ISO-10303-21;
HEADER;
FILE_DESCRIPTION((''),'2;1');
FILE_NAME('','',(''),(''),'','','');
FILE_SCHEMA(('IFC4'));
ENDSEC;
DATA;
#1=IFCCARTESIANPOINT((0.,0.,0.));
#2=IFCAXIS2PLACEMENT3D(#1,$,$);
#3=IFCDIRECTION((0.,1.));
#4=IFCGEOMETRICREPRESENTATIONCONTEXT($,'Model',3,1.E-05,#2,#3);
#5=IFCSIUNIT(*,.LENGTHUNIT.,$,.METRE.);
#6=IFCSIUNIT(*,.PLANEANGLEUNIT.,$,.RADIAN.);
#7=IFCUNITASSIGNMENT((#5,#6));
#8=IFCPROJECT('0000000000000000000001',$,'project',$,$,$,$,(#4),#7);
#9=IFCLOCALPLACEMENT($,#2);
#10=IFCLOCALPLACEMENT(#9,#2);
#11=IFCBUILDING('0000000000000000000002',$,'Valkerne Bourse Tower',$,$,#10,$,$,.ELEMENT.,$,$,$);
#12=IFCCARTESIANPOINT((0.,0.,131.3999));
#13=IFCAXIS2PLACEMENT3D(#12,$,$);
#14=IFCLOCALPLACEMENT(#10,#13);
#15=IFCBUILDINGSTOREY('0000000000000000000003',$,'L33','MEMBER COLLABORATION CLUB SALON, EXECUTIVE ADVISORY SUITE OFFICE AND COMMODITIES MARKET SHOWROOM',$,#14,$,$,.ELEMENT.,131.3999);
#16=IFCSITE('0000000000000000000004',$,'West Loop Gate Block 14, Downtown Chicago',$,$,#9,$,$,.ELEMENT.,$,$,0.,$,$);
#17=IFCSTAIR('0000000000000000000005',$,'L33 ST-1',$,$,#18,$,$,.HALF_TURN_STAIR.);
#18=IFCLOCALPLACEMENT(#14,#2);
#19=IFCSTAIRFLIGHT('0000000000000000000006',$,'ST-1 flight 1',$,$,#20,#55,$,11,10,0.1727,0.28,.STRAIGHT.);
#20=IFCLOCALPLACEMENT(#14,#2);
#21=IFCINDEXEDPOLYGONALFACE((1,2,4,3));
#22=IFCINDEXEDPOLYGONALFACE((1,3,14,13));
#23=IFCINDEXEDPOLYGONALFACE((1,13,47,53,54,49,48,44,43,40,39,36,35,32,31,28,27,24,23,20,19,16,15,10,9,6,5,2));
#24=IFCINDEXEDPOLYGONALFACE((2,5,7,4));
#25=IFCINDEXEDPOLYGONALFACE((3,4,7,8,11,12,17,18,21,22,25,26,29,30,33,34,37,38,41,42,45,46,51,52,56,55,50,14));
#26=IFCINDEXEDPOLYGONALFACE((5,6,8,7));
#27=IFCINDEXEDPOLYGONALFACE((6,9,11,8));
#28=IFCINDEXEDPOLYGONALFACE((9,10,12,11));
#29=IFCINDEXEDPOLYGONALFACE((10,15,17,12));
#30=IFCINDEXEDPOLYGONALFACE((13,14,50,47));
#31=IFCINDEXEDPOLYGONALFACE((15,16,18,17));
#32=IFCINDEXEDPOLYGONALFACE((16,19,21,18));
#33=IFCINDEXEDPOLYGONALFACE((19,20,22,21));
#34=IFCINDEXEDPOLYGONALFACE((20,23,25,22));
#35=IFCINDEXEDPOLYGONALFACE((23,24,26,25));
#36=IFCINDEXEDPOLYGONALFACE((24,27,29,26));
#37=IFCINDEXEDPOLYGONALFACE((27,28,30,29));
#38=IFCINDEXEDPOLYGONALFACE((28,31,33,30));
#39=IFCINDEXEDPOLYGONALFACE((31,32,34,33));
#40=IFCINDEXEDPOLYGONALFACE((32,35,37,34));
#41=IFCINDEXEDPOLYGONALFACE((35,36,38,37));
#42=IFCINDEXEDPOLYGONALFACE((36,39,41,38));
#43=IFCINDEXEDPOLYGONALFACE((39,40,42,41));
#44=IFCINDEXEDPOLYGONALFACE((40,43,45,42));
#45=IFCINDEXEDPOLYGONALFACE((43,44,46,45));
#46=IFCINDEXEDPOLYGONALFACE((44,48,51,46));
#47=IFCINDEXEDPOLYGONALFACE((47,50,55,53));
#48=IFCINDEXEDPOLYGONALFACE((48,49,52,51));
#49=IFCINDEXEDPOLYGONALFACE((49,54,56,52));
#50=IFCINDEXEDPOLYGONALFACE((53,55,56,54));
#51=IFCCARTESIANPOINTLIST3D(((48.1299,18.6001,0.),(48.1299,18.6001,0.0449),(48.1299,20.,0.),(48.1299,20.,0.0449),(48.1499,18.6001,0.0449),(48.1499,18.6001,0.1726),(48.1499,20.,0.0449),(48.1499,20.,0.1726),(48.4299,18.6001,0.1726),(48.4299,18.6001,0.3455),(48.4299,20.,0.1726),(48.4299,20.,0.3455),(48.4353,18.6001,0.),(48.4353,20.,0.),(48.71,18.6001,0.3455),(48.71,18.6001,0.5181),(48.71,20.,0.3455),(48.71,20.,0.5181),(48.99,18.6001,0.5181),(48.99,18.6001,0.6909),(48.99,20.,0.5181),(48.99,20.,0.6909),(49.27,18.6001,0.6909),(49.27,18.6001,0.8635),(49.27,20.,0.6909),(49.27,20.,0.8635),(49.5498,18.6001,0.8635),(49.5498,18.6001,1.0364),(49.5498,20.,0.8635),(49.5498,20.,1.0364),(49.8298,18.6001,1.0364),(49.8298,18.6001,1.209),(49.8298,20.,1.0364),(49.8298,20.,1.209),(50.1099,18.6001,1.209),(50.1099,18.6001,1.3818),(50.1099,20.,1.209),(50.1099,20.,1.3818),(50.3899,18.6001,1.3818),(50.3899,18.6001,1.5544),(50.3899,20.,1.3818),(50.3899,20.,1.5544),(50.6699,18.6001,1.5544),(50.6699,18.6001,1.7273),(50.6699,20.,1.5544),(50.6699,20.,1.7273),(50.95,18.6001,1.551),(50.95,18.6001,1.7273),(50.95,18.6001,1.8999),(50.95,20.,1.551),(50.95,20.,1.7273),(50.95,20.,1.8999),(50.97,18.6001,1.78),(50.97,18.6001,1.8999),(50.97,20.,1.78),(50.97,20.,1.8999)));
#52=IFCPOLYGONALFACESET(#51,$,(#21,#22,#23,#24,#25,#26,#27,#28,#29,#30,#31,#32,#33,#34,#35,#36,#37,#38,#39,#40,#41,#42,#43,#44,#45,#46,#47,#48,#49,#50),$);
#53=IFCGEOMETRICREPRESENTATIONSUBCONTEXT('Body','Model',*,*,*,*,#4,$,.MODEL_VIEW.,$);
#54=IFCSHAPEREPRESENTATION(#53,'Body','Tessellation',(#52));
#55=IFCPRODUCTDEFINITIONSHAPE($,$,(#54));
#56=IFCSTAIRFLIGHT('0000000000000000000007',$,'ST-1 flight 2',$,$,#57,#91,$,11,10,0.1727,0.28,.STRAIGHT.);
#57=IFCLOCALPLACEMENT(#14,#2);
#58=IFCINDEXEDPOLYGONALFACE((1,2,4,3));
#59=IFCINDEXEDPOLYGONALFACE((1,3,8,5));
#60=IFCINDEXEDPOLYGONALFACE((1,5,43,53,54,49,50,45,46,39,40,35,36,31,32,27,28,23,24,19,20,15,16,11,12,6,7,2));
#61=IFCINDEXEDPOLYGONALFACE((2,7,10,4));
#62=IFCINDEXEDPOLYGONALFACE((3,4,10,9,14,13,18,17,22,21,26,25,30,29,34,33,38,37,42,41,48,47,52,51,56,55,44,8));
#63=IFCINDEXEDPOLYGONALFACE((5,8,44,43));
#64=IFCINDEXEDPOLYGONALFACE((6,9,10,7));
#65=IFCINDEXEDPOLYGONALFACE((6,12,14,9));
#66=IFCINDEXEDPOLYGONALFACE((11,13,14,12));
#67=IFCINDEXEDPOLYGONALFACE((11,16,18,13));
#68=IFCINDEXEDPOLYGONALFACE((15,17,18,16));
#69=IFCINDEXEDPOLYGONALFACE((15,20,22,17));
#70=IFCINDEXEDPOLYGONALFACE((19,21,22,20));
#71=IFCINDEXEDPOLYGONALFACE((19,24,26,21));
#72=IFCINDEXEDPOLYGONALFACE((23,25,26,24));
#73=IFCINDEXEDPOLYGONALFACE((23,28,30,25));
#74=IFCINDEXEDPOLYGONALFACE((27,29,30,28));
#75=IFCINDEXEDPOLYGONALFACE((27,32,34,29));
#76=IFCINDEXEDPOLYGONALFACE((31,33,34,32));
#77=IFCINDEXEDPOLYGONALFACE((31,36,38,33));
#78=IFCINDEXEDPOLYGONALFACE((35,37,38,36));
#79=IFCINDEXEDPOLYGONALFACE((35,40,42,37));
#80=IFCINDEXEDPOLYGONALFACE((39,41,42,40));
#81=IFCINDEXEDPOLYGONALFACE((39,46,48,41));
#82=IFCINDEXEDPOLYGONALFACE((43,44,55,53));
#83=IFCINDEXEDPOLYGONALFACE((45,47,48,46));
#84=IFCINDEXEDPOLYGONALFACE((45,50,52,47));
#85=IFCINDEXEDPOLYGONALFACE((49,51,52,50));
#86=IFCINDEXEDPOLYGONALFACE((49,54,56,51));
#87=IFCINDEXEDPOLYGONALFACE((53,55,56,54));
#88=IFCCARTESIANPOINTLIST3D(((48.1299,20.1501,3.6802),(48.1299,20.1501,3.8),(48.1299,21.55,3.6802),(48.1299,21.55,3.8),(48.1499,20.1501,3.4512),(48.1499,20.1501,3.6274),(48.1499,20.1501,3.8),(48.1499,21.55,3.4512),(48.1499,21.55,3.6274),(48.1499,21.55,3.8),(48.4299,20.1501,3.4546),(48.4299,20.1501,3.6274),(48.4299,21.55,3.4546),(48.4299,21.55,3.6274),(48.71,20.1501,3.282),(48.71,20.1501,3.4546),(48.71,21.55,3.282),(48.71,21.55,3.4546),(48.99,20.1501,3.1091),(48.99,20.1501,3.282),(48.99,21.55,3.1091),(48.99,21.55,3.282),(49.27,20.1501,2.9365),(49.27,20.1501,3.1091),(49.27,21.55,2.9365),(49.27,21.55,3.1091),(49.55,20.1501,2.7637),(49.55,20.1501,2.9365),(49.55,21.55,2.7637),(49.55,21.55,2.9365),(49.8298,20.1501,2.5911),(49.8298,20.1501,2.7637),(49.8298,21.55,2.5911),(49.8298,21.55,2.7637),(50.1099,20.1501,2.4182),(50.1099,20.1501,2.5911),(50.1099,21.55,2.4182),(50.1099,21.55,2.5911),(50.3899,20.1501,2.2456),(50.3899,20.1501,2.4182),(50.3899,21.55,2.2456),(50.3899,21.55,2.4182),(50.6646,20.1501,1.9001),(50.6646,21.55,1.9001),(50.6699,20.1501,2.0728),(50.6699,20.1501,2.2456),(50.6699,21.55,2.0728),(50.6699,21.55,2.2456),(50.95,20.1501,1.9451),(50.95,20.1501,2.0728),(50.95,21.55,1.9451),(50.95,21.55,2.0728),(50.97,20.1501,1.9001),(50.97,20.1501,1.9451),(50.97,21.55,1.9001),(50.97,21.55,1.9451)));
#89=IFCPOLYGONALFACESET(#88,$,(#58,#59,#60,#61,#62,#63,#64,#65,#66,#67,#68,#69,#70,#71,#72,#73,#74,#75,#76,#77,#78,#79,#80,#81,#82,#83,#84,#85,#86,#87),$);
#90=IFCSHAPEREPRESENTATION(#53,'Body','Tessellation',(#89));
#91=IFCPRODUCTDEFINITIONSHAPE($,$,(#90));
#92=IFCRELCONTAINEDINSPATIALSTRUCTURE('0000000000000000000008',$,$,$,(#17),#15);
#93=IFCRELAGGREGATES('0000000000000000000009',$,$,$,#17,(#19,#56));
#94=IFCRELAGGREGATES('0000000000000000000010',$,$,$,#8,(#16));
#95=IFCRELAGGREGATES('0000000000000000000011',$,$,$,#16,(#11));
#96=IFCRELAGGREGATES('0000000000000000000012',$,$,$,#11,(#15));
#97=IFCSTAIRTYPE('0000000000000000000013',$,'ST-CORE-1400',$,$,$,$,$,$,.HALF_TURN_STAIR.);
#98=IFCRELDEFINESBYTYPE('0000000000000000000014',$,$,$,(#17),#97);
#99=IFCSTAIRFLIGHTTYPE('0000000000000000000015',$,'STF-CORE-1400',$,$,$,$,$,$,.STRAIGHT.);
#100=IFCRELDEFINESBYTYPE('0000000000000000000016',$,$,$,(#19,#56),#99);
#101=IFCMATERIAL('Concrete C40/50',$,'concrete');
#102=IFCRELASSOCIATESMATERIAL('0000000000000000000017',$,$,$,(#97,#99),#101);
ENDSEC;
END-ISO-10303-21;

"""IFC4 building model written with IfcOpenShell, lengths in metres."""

from ifc_helpers import new_model, si_unit, direction, frame, origin, place, context, subcontext, project, spatial, polyline, outline, extrude, material, type_object, element, aggregate, save


model = new_model("IFC4")

# Units and contexts
model_context = context("Model", 3, precision=1e-05, world=origin(), true_north=direction((0.0, 1.0)))
body_context = subcontext(model_context, "Body", "Model", "MODEL_VIEW")
ifc_project = project(units=[si_unit("LENGTHUNIT", "METRE"), si_unit("PLANEANGLEUNIT", "RADIAN")], contexts=[model_context])

# Site, building, storey
site_placement = place(None, origin())
site = spatial("IfcSite", under=ifc_project, at=site_placement, Name="West Loop Gate Block 14, Downtown Chicago", CompositionType="ELEMENT", RefElevation=0.0)
building_placement = place(site_placement, origin())
building = spatial("IfcBuilding", under=site, at=building_placement, Name="Valkerne Bourse Tower", CompositionType="ELEMENT")
storey_placement = place(building_placement, frame((0.0, 0.0, 131.3999)))
storey = spatial("IfcBuildingStorey", under=building, at=storey_placement, Name="L33", Description="MEMBER COLLABORATION CLUB SALON, EXECUTIVE ADVISORY SUITE OFFICE AND COMMODITIES MARKET SHOWROOM", CompositionType="ELEMENT", Elevation=131.3999)

# Stair, stair flights
ifc_material_1 = material(Name="Concrete C40/50", Category="concrete")
stair_type = type_object("IfcStairType", Name="ST-CORE-1400", PredefinedType="HALF_TURN_STAIR", material=ifc_material_1)
stair_placement = place(storey_placement, origin())
stair = element("IfcStair", 1, at=stair_placement, inside=storey, type_object=stair_type, Name="L33 ST-1", PredefinedType="HALF_TURN_STAIR")
stair_flight_type = type_object("IfcStairFlightType", Name="STF-CORE-1400", PredefinedType="STRAIGHT", material=ifc_material_1)
stair_flight_1_placement = place(storey_placement, frame((48.1499, 19.3, 0.0), z_axis=(0.0, 0.0, 1.0), x_axis=(1.0, 0.0, 0.0)))
stair_flight_1 = element("IfcStairFlight", 2, at=stair_flight_1_placement, type_object=stair_flight_type, Name="ST-1 flight 1", NumberOfRisers=11, NumberOfTreads=10, PredefinedType="STRAIGHT", RiserHeight=0.1727, TreadLength=0.28, context=body_context, shape_type="SweptSolid", body=[
    extrude(outline(polyline([(-0.02, 0.0), (-0.02, 0.0449), (0.0, 0.0449), (0.0, 0.1726), (0.28, 0.1726), (0.28, 0.3455), (0.5601, 0.3455), (0.5601, 0.5181), (0.8401, 0.5181), (0.8401, 0.6909), (1.1201, 0.6909), (1.1201, 0.8635), (1.3999, 0.8635), (1.3999, 1.0364), (1.6799, 1.0364), (1.6799, 1.209), (1.96, 1.209), (1.96, 1.3818), (2.24, 1.3818), (2.24, 1.5544), (2.52, 1.5544), (2.52, 1.7273), (2.8, 1.7273), (2.8, 1.8999), (2.8201, 1.8999), (2.8201, 1.78), (2.8, 1.551), (0.2854, 0.0), (-0.02, 0.0)])), frame((0.0, 0.7, 0.0), z_axis=(0.0, -1.0, 0.0), x_axis=(1.0, 0.0, 0.0)), (0.0, 0.0, 1.0), 1.3999),
])
stair_flight_2_placement = place(storey_placement, frame((50.95, 20.8501, 1.9001), z_axis=(0.0, 0.0, 1.0), x_axis=(-1.0, 0.0, 0.0)))
stair_flight_2 = element("IfcStairFlight", 3, at=stair_flight_2_placement, type_object=stair_flight_type, Name="ST-1 flight 2", NumberOfRisers=11, NumberOfTreads=10, PredefinedType="STRAIGHT", RiserHeight=0.1727, TreadLength=0.28, context=body_context, shape_type="SweptSolid", body=[
    extrude(outline(polyline([(-0.02, 0.0), (-0.02, 0.0449), (0.0, 0.0449), (0.0, 0.1726), (0.28, 0.1726), (0.28, 0.3455), (0.5601, 0.3455), (0.5601, 0.5181), (0.8401, 0.5181), (0.8401, 0.6909), (1.1201, 0.6909), (1.1201, 0.8635), (1.3999, 0.8635), (1.3999, 1.0364), (1.6799, 1.0364), (1.6799, 1.209), (1.96, 1.209), (1.96, 1.3818), (2.24, 1.3818), (2.24, 1.5544), (2.52, 1.5544), (2.52, 1.7273), (2.8, 1.7273), (2.8, 1.8999), (2.8201, 1.8999), (2.8201, 1.78), (2.8, 1.551), (0.2854, 0.0), (-0.02, 0.0)])), frame((0.0, 0.7, 0.0), z_axis=(0.0, -1.0, 0.0), x_axis=(1.0, 0.0, 0.0)), (0.0, 0.0, 1.0), 1.3999),
])
aggregate(stair, [stair_flight_1, stair_flight_2])

save(model, "model.ifc")
